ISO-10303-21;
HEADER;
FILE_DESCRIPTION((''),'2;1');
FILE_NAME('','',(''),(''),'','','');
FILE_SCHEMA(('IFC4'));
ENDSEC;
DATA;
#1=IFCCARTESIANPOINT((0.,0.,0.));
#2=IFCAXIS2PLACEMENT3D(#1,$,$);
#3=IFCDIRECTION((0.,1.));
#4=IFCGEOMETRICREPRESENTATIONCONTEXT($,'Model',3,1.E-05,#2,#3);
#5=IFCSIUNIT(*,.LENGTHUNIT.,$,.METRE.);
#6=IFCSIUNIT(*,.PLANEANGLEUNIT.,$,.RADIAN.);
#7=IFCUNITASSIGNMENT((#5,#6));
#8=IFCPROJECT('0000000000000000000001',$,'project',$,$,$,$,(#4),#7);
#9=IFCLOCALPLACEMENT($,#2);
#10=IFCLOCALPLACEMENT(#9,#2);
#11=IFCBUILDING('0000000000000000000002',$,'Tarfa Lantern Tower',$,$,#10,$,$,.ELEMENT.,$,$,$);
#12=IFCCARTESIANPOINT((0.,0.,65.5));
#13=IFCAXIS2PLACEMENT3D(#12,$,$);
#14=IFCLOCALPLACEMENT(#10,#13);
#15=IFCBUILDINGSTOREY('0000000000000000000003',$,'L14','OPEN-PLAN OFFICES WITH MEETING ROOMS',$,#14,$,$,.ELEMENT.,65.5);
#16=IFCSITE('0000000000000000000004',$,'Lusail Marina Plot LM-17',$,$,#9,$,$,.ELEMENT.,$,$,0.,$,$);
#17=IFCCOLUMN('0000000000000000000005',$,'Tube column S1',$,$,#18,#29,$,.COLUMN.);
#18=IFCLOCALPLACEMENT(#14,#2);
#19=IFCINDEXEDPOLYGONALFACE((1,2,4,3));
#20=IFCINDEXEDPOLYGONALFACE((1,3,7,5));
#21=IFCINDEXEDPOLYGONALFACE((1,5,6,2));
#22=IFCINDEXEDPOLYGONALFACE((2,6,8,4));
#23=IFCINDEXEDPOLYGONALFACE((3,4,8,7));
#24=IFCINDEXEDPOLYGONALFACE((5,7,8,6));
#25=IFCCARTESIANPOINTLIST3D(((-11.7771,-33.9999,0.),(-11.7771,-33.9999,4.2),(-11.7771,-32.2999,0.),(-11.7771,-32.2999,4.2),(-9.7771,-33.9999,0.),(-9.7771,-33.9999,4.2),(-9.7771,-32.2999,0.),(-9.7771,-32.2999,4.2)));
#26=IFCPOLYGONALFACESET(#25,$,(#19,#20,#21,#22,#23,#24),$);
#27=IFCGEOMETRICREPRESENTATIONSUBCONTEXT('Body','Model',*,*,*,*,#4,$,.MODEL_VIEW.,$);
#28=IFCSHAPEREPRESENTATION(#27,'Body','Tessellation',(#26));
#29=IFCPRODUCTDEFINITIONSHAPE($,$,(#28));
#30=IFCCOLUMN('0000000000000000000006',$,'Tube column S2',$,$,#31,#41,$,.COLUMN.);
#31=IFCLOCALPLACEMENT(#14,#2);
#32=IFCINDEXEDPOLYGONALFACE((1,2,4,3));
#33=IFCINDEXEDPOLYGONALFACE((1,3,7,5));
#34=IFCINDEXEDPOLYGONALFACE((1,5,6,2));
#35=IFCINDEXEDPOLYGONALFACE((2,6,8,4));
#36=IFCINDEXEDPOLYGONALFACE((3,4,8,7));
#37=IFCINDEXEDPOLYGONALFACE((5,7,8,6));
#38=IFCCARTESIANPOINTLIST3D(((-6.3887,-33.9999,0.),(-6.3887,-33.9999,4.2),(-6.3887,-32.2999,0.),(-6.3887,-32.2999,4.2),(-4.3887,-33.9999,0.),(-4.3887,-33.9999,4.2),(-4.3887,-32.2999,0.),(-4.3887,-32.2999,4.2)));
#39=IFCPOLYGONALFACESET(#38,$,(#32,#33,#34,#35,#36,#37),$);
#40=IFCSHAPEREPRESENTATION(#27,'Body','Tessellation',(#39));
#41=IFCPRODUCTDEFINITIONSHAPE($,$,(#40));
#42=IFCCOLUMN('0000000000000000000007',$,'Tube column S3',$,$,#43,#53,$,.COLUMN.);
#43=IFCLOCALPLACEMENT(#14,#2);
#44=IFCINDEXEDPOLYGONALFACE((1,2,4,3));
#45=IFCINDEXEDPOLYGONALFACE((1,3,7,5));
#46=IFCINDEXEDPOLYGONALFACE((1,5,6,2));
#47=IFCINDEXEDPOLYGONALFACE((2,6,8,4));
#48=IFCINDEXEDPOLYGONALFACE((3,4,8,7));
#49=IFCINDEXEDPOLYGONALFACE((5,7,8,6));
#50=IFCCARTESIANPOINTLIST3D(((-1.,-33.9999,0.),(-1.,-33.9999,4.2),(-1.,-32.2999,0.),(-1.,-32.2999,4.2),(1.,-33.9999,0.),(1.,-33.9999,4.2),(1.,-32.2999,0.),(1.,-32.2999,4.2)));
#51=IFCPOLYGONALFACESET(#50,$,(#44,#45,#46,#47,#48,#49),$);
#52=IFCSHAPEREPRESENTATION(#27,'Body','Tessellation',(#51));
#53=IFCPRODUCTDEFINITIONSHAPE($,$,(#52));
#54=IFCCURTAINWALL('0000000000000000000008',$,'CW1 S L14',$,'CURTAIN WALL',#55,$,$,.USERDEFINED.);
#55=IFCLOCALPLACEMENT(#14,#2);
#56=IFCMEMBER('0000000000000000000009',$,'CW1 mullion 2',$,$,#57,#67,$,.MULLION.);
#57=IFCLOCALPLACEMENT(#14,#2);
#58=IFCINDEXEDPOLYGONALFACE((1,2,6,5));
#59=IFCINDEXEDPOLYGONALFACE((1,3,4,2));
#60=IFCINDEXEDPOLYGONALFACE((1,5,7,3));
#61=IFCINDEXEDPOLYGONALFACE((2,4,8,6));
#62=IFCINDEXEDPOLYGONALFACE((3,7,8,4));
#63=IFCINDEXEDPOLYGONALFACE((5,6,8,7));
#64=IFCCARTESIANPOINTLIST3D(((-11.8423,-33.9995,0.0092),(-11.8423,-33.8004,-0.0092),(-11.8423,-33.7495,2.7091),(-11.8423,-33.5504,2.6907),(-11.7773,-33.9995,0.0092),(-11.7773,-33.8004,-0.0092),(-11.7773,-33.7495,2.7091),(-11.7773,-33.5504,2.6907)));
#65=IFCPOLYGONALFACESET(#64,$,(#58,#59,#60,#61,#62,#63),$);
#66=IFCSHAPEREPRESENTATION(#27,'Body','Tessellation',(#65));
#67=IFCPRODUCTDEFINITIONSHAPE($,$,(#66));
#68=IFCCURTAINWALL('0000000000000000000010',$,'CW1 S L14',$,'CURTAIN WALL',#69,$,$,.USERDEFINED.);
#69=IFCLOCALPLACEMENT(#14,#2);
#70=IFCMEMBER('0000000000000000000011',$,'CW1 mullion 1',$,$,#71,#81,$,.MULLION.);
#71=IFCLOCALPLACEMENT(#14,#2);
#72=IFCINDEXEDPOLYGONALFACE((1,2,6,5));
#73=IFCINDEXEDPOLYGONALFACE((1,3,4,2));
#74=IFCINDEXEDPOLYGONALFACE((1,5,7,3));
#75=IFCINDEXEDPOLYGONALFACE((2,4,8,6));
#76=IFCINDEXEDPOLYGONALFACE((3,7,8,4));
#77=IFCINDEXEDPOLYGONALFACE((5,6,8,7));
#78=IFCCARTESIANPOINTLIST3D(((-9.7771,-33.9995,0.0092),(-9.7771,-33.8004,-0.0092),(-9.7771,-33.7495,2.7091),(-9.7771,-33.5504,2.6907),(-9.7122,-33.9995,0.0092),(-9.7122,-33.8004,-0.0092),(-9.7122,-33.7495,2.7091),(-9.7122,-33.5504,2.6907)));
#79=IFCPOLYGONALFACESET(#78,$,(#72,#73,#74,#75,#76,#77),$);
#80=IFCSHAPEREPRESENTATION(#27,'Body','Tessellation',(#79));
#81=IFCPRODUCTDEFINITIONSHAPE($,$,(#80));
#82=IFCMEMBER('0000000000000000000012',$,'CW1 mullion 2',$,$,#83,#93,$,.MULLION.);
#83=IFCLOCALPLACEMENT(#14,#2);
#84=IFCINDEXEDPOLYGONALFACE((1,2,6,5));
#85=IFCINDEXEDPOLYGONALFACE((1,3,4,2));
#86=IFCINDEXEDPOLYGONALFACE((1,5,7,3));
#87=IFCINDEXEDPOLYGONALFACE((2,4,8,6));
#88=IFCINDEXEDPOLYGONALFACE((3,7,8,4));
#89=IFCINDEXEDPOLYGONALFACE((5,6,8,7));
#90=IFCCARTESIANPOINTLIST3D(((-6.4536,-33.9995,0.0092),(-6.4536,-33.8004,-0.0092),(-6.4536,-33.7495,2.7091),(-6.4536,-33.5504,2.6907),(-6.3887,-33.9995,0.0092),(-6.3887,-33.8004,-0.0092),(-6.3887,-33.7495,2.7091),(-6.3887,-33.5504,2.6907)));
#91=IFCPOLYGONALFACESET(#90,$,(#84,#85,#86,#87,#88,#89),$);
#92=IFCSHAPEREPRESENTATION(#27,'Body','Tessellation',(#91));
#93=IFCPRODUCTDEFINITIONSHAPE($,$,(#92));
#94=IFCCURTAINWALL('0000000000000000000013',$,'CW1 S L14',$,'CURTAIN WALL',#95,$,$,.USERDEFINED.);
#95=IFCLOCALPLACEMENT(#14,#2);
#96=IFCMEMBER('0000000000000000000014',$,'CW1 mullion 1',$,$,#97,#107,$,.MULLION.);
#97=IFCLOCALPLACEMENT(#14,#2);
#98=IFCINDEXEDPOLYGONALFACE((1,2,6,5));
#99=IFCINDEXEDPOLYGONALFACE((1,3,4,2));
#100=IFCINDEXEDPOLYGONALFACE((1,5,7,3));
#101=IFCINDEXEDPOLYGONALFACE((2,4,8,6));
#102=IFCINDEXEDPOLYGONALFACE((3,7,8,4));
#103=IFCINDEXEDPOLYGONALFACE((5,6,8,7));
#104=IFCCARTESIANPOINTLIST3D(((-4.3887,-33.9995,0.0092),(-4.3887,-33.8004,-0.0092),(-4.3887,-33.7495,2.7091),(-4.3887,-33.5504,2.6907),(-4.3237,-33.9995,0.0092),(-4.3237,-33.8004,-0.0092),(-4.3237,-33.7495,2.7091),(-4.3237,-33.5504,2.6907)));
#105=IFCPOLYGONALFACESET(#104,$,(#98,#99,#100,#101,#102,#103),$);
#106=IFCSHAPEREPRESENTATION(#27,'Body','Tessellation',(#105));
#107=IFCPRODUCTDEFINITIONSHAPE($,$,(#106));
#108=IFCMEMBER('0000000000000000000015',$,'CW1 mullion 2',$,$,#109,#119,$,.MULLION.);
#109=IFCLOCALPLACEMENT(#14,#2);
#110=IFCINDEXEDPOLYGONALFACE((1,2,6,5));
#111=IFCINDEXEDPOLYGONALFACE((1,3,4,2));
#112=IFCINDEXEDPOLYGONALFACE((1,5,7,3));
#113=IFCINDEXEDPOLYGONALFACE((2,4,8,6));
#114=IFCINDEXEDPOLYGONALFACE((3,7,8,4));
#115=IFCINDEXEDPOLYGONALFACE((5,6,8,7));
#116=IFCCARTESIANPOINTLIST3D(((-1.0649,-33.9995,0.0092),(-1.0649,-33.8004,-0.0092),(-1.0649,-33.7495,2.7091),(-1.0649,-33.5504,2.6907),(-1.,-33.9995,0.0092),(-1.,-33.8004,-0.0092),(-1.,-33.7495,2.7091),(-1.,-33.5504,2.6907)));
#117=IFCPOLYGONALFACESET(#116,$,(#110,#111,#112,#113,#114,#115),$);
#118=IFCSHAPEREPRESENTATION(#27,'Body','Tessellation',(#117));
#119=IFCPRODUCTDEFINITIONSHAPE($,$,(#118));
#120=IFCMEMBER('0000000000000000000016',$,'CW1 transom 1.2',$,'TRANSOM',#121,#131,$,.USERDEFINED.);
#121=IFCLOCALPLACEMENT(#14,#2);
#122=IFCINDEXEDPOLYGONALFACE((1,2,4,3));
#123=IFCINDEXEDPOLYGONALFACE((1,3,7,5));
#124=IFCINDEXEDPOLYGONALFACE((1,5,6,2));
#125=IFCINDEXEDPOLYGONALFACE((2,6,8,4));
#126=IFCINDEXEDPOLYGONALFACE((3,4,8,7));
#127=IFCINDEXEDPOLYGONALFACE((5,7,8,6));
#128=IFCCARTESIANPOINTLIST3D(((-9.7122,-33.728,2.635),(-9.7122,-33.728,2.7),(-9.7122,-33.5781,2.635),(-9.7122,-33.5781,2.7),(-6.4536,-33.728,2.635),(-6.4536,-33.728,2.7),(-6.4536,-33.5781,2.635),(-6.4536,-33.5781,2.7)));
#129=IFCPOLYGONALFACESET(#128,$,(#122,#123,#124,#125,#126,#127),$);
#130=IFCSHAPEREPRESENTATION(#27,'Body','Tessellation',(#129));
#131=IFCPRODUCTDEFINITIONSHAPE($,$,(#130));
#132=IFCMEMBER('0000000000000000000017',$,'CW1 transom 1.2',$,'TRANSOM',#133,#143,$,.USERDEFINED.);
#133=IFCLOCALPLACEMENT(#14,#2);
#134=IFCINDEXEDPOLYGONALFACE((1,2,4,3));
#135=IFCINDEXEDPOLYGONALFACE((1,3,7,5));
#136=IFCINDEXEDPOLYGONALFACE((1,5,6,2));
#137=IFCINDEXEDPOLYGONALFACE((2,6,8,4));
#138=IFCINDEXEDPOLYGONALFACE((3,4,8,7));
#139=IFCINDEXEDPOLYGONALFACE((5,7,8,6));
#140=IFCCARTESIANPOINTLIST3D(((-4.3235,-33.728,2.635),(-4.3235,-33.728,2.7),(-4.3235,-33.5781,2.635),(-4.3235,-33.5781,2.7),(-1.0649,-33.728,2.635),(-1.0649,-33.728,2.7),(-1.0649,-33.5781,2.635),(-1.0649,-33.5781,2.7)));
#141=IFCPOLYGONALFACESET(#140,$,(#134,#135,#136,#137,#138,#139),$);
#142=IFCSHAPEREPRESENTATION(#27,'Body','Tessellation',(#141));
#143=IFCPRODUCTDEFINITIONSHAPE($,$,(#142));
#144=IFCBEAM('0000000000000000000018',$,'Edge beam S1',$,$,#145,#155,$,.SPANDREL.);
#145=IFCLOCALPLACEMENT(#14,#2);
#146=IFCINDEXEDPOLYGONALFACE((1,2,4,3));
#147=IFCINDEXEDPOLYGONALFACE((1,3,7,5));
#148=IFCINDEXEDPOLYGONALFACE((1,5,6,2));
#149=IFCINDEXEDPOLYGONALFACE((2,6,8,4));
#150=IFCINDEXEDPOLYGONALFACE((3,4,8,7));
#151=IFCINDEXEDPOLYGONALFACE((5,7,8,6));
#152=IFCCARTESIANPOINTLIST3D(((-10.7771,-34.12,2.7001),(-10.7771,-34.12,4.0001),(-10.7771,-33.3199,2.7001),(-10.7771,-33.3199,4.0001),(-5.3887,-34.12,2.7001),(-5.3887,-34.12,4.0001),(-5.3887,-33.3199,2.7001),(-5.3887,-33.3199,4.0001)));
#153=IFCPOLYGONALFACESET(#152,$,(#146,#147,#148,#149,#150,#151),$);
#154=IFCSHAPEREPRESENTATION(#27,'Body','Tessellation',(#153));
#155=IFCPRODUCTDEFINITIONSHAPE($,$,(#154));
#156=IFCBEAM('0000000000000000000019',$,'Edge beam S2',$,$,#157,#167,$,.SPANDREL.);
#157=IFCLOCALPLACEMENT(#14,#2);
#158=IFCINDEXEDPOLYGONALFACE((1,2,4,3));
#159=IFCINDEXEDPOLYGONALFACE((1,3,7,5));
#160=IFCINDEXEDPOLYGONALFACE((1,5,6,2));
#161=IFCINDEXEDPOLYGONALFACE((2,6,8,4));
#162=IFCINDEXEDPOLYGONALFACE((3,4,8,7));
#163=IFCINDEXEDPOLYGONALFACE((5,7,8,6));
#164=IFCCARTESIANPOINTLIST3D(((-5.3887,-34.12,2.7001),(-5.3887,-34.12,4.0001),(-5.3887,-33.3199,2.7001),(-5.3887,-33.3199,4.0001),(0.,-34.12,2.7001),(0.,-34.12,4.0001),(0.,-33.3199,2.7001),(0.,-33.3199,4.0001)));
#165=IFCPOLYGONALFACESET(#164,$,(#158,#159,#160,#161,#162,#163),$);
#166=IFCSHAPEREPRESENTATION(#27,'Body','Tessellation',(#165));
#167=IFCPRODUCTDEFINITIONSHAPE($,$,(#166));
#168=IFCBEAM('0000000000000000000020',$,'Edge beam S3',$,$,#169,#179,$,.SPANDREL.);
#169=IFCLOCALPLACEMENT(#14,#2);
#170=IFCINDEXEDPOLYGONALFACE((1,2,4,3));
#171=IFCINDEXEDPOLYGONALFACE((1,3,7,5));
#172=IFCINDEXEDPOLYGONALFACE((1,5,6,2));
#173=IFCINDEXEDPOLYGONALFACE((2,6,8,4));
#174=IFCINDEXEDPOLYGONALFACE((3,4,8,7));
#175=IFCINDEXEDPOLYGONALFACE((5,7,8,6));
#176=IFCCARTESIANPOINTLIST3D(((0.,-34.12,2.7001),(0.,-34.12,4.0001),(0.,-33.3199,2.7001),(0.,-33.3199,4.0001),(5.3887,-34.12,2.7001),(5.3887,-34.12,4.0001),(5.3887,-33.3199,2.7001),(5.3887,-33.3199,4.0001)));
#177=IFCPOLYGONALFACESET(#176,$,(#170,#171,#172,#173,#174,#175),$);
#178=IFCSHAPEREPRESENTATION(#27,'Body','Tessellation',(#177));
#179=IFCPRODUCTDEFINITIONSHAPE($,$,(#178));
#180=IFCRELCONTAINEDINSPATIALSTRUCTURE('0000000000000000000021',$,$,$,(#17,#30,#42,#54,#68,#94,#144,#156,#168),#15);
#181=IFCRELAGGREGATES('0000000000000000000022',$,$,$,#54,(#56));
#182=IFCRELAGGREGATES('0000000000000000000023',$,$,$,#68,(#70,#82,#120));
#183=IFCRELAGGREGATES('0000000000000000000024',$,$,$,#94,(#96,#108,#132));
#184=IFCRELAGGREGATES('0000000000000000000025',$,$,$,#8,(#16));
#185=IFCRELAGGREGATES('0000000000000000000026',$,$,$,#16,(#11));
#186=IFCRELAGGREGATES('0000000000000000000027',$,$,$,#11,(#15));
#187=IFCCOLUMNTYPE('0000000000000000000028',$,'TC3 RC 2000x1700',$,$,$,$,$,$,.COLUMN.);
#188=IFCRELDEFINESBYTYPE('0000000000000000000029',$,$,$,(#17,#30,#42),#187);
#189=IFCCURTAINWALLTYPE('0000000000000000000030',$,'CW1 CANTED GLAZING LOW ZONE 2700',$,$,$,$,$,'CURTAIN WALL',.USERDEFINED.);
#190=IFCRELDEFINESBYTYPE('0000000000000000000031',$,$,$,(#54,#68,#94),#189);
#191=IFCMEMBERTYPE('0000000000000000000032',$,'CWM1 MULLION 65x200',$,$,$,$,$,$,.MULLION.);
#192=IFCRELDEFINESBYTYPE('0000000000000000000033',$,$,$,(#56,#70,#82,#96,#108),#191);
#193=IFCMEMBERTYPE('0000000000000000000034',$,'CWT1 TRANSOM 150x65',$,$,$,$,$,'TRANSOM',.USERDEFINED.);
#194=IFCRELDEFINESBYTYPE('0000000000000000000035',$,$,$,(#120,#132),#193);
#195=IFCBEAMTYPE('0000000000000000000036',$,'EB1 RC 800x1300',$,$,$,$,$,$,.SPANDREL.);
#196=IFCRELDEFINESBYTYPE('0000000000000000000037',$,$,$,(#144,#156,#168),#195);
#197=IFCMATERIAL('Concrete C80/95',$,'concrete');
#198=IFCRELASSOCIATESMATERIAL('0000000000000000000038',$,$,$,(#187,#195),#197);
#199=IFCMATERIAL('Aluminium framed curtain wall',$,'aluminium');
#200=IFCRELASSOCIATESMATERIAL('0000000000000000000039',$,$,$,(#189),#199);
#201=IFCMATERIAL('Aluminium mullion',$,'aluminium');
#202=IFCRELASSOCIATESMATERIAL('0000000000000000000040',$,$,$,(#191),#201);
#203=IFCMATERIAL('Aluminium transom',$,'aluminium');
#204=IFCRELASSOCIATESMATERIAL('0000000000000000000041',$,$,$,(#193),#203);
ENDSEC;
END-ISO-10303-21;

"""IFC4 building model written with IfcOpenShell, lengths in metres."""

from ifc_helpers import new_model, si_unit, direction, frame, origin, origin_2d, place, context, subcontext, project, spatial, rectangle, extrude, material, material_profile, profile_set, type_object, element, aggregate, save


model = new_model("IFC4")

# Units and contexts
model_context = context("Model", 3, precision=1e-05, world=origin(), true_north=direction((0.0, 1.0)))
body_context = subcontext(model_context, "Body", "Model", "MODEL_VIEW")
ifc_project = project(units=[si_unit("LENGTHUNIT", "METRE"), si_unit("PLANEANGLEUNIT", "RADIAN")], contexts=[model_context])

# Site, building, storey
site_placement = place(None, origin())
site = spatial("IfcSite", under=ifc_project, at=site_placement, Name="Lusail Marina Plot LM-17", CompositionType="ELEMENT", RefElevation=0.0)
building_placement = place(site_placement, origin())
building = spatial("IfcBuilding", under=site, at=building_placement, Name="Tarfa Lantern Tower", CompositionType="ELEMENT")
storey_placement = place(building_placement, frame((0.0, 0.0, 65.5)))
storey = spatial("IfcBuildingStorey", under=building, at=storey_placement, Name="L14", Description="OPEN-PLAN OFFICES WITH MEETING ROOMS", CompositionType="ELEMENT", Elevation=65.5)

# Columns
ifc_material_1 = material(Name="Concrete C80/95", Category="concrete")
ifc_material_profile_1 = material_profile(ifc_material_1, rectangle(XDim=2.0, YDim=1.7, at=origin_2d()), Name="RC 2000x1700")
ifc_profile_set_1 = profile_set([ifc_material_profile_1], Name="Concrete C80/95")
column_type = type_object("IfcColumnType", Name="TC3 RC 2000x1700", PredefinedType="COLUMN", material=ifc_profile_set_1)
for number, where, z_axis, x_axis, name in (
    (1, (-10.7771, -33.1499, 0.0), (0.0, 0.0, 1.0), (1.0, 0.0, 0.0), "Tube column S1"),
    (2, (-5.3887, -33.1499, 0.0), (0.0, 0.0, 1.0), (1.0, 0.0, 0.0), "Tube column S2"),
    (3, (0.0, -33.1499, 0.0), (0.0, 0.0, 1.0), (1.0, 0.0, 0.0), "Tube column S3"),
):
    element("IfcColumn", number, at=place(storey_placement, frame(where, z_axis=z_axis, x_axis=x_axis)), inside=storey, type_object=column_type, Name=name, PredefinedType="COLUMN", context=body_context, shape_type="SweptSolid", body=[
        extrude(rectangle(XDim=2.0, YDim=1.7, at=origin_2d()), origin(), (0.0, 0.0, 1.0), 4.2),
    ])

# Curtain wall, member
ifc_material_2 = material(Name="Aluminium framed curtain wall", Category="aluminium")
curtain_wall_type = type_object("IfcCurtainWallType", Name="CW1 CANTED GLAZING LOW ZONE 2700", ElementType="CURTAIN WALL", PredefinedType="USERDEFINED", material=ifc_material_2)
curtain_wall_1_placement = place(storey_placement, origin())
curtain_wall_1 = element("IfcCurtainWall", 4, at=curtain_wall_1_placement, inside=storey, type_object=curtain_wall_type, Name="CW1 S L14", ObjectType="CURTAIN WALL", PredefinedType="USERDEFINED")
ifc_material_3 = material(Name="Aluminium mullion", Category="aluminium")
ifc_material_profile_2 = material_profile(ifc_material_3, rectangle(XDim=0.0649, YDim=0.2, at=origin_2d()), Name="AL MULLION 65x200")
ifc_profile_set_2 = profile_set([ifc_material_profile_2], Name="Aluminium mullion")
member_type_1 = type_object("IfcMemberType", Name="CWM1 MULLION 65x200", PredefinedType="MULLION", material=ifc_profile_set_2)
member_1_placement = place(storey_placement, frame((-11.8098, -33.8999, 0.0), z_axis=(0.0, 0.0922, 0.995741), x_axis=(-1.0, 0.0, 0.0)))
member_1 = element("IfcMember", 5, at=member_1_placement, type_object=member_type_1, Name="CW1 mullion 2", PredefinedType="MULLION", context=body_context, shape_type="SweptSolid", body=[
    extrude(rectangle(XDim=0.0649, YDim=0.2, at=origin_2d()), origin(), (0.0, 0.0, 1.0), 2.7114),
])
aggregate(curtain_wall_1, [member_1])

# Curtain walls, members
curtain_wall_2_placement = place(storey_placement, origin())
curtain_wall_2 = element("IfcCurtainWall", 6, at=curtain_wall_2_placement, inside=storey, type_object=curtain_wall_type, Name="CW1 S L14", ObjectType="CURTAIN WALL", PredefinedType="USERDEFINED")
member_2_placement = place(storey_placement, frame((-9.7446, -33.8999, 0.0), z_axis=(0.0, 0.0922, 0.995741), x_axis=(-1.0, 0.0, 0.0)))
member_2 = element("IfcMember", 7, at=member_2_placement, type_object=member_type_1, Name="CW1 mullion 1", PredefinedType="MULLION", context=body_context, shape_type="SweptSolid", body=[
    extrude(rectangle(XDim=0.0649, YDim=0.2, at=origin_2d()), origin(), (0.0, 0.0, 1.0), 2.7114),
])
member_3_placement = place(storey_placement, frame((-6.4211, -33.8999, 0.0), z_axis=(0.0, 0.0922, 0.995741), x_axis=(-1.0, 0.0, 0.0)))
member_3 = element("IfcMember", 8, at=member_3_placement, type_object=member_type_1, Name="CW1 mullion 2", PredefinedType="MULLION", context=body_context, shape_type="SweptSolid", body=[
    extrude(rectangle(XDim=0.0649, YDim=0.2, at=origin_2d()), origin(), (0.0, 0.0, 1.0), 2.7114),
])
curtain_wall_3_placement = place(storey_placement, origin())
curtain_wall_3 = element("IfcCurtainWall", 9, at=curtain_wall_3_placement, inside=storey, type_object=curtain_wall_type, Name="CW1 S L14", ObjectType="CURTAIN WALL", PredefinedType="USERDEFINED")
member_4_placement = place(storey_placement, frame((-4.3562, -33.8999, 0.0), z_axis=(0.0, 0.0922, 0.995741), x_axis=(-1.0, 0.0, 0.0)))
member_4 = element("IfcMember", 10, at=member_4_placement, type_object=member_type_1, Name="CW1 mullion 1", PredefinedType="MULLION", context=body_context, shape_type="SweptSolid", body=[
    extrude(rectangle(XDim=0.0649, YDim=0.2, at=origin_2d()), origin(), (0.0, 0.0, 1.0), 2.7114),
])
member_5_placement = place(storey_placement, frame((-1.0325, -33.8999, 0.0), z_axis=(0.0, 0.0922, 0.995741), x_axis=(-1.0, 0.0, 0.0)))
member_5 = element("IfcMember", 11, at=member_5_placement, type_object=member_type_1, Name="CW1 mullion 2", PredefinedType="MULLION", context=body_context, shape_type="SweptSolid", body=[
    extrude(rectangle(XDim=0.0649, YDim=0.2, at=origin_2d()), origin(), (0.0, 0.0, 1.0), 2.7114),
])

# Members
ifc_material_4 = material(Name="Aluminium transom", Category="aluminium")
ifc_material_profile_3 = material_profile(ifc_material_4, rectangle(XDim=0.1499, YDim=0.0649, at=origin_2d()), Name="AL TRANSOM 150x65")
ifc_profile_set_3 = profile_set([ifc_material_profile_3], Name="Aluminium transom")
member_type_2 = type_object("IfcMemberType", Name="CWT1 TRANSOM 150x65", ElementType="TRANSOM", PredefinedType="USERDEFINED", material=ifc_profile_set_3)
member_6_placement = place(storey_placement, frame((-9.7122, -33.6531, 2.6675), z_axis=(1.0, 0.0, 0.0), x_axis=(0.0, 1.0, 0.0)))
member_6 = element("IfcMember", 12, at=member_6_placement, type_object=member_type_2, Name="CW1 transom 1.2", ObjectType="TRANSOM", PredefinedType="USERDEFINED", context=body_context, shape_type="SweptSolid", body=[
    extrude(rectangle(XDim=0.1499, YDim=0.0649, at=origin_2d()), origin(), (0.0, 0.0, 1.0), 3.2585),
])
member_7_placement = place(storey_placement, frame((-4.3235, -33.6531, 2.6675), z_axis=(1.0, 0.0, 0.0), x_axis=(0.0, 1.0, 0.0)))
member_7 = element("IfcMember", 13, at=member_7_placement, type_object=member_type_2, Name="CW1 transom 1.2", ObjectType="TRANSOM", PredefinedType="USERDEFINED", context=body_context, shape_type="SweptSolid", body=[
    extrude(rectangle(XDim=0.1499, YDim=0.0649, at=origin_2d()), origin(), (0.0, 0.0, 1.0), 3.2585),
])

# Beams
ifc_material_profile_4 = material_profile(ifc_material_1, rectangle(XDim=0.8, YDim=1.3, at=origin_2d()), Name="RC 800x1300")
ifc_profile_set_4 = profile_set([ifc_material_profile_4], Name="Concrete C80/95")
beam_type_1 = type_object("IfcBeamType", Name="EB1 RC 800x1300", PredefinedType="SPANDREL", material=ifc_profile_set_4)
beam_placement = place(storey_placement, frame((-10.7771, -33.72, 3.3501), z_axis=(1.0, 0.0, 0.0), x_axis=(0.0, 1.0, 0.0)))
element("IfcBeam", 14, at=beam_placement, inside=storey, type_object=beam_type_1, Name="Edge beam S1", PredefinedType="SPANDREL", context=body_context, shape_type="SweptSolid", body=[
    extrude(rectangle(XDim=0.8, YDim=1.3, at=origin_2d()), origin(), (0.0, 0.0, 1.0), 5.3884),
])
for number, where, z_axis, x_axis, name in (
    (15, (-5.3887, -33.72, 3.3501), (1.0, 0.0, 0.0), (0.0, 1.0, 0.0), "Edge beam S2"),
    (16, (0.0, -33.72, 3.3501), (1.0, 0.0, 0.0), (0.0, 1.0, 0.0), "Edge beam S3"),
):
    element("IfcBeam", number, at=place(storey_placement, frame(where, z_axis=z_axis, x_axis=x_axis)), inside=storey, type_object=beam_type_1, Name=name, PredefinedType="SPANDREL", context=body_context, shape_type="SweptSolid", body=[
        extrude(rectangle(XDim=0.8, YDim=1.3, at=origin_2d()), origin(), (0.0, 0.0, 1.0), 5.3887),
    ])

aggregate(curtain_wall_2, [member_2, member_3, member_6])
aggregate(curtain_wall_3, [member_4, member_5, member_7])

save(model, "model.ifc")
